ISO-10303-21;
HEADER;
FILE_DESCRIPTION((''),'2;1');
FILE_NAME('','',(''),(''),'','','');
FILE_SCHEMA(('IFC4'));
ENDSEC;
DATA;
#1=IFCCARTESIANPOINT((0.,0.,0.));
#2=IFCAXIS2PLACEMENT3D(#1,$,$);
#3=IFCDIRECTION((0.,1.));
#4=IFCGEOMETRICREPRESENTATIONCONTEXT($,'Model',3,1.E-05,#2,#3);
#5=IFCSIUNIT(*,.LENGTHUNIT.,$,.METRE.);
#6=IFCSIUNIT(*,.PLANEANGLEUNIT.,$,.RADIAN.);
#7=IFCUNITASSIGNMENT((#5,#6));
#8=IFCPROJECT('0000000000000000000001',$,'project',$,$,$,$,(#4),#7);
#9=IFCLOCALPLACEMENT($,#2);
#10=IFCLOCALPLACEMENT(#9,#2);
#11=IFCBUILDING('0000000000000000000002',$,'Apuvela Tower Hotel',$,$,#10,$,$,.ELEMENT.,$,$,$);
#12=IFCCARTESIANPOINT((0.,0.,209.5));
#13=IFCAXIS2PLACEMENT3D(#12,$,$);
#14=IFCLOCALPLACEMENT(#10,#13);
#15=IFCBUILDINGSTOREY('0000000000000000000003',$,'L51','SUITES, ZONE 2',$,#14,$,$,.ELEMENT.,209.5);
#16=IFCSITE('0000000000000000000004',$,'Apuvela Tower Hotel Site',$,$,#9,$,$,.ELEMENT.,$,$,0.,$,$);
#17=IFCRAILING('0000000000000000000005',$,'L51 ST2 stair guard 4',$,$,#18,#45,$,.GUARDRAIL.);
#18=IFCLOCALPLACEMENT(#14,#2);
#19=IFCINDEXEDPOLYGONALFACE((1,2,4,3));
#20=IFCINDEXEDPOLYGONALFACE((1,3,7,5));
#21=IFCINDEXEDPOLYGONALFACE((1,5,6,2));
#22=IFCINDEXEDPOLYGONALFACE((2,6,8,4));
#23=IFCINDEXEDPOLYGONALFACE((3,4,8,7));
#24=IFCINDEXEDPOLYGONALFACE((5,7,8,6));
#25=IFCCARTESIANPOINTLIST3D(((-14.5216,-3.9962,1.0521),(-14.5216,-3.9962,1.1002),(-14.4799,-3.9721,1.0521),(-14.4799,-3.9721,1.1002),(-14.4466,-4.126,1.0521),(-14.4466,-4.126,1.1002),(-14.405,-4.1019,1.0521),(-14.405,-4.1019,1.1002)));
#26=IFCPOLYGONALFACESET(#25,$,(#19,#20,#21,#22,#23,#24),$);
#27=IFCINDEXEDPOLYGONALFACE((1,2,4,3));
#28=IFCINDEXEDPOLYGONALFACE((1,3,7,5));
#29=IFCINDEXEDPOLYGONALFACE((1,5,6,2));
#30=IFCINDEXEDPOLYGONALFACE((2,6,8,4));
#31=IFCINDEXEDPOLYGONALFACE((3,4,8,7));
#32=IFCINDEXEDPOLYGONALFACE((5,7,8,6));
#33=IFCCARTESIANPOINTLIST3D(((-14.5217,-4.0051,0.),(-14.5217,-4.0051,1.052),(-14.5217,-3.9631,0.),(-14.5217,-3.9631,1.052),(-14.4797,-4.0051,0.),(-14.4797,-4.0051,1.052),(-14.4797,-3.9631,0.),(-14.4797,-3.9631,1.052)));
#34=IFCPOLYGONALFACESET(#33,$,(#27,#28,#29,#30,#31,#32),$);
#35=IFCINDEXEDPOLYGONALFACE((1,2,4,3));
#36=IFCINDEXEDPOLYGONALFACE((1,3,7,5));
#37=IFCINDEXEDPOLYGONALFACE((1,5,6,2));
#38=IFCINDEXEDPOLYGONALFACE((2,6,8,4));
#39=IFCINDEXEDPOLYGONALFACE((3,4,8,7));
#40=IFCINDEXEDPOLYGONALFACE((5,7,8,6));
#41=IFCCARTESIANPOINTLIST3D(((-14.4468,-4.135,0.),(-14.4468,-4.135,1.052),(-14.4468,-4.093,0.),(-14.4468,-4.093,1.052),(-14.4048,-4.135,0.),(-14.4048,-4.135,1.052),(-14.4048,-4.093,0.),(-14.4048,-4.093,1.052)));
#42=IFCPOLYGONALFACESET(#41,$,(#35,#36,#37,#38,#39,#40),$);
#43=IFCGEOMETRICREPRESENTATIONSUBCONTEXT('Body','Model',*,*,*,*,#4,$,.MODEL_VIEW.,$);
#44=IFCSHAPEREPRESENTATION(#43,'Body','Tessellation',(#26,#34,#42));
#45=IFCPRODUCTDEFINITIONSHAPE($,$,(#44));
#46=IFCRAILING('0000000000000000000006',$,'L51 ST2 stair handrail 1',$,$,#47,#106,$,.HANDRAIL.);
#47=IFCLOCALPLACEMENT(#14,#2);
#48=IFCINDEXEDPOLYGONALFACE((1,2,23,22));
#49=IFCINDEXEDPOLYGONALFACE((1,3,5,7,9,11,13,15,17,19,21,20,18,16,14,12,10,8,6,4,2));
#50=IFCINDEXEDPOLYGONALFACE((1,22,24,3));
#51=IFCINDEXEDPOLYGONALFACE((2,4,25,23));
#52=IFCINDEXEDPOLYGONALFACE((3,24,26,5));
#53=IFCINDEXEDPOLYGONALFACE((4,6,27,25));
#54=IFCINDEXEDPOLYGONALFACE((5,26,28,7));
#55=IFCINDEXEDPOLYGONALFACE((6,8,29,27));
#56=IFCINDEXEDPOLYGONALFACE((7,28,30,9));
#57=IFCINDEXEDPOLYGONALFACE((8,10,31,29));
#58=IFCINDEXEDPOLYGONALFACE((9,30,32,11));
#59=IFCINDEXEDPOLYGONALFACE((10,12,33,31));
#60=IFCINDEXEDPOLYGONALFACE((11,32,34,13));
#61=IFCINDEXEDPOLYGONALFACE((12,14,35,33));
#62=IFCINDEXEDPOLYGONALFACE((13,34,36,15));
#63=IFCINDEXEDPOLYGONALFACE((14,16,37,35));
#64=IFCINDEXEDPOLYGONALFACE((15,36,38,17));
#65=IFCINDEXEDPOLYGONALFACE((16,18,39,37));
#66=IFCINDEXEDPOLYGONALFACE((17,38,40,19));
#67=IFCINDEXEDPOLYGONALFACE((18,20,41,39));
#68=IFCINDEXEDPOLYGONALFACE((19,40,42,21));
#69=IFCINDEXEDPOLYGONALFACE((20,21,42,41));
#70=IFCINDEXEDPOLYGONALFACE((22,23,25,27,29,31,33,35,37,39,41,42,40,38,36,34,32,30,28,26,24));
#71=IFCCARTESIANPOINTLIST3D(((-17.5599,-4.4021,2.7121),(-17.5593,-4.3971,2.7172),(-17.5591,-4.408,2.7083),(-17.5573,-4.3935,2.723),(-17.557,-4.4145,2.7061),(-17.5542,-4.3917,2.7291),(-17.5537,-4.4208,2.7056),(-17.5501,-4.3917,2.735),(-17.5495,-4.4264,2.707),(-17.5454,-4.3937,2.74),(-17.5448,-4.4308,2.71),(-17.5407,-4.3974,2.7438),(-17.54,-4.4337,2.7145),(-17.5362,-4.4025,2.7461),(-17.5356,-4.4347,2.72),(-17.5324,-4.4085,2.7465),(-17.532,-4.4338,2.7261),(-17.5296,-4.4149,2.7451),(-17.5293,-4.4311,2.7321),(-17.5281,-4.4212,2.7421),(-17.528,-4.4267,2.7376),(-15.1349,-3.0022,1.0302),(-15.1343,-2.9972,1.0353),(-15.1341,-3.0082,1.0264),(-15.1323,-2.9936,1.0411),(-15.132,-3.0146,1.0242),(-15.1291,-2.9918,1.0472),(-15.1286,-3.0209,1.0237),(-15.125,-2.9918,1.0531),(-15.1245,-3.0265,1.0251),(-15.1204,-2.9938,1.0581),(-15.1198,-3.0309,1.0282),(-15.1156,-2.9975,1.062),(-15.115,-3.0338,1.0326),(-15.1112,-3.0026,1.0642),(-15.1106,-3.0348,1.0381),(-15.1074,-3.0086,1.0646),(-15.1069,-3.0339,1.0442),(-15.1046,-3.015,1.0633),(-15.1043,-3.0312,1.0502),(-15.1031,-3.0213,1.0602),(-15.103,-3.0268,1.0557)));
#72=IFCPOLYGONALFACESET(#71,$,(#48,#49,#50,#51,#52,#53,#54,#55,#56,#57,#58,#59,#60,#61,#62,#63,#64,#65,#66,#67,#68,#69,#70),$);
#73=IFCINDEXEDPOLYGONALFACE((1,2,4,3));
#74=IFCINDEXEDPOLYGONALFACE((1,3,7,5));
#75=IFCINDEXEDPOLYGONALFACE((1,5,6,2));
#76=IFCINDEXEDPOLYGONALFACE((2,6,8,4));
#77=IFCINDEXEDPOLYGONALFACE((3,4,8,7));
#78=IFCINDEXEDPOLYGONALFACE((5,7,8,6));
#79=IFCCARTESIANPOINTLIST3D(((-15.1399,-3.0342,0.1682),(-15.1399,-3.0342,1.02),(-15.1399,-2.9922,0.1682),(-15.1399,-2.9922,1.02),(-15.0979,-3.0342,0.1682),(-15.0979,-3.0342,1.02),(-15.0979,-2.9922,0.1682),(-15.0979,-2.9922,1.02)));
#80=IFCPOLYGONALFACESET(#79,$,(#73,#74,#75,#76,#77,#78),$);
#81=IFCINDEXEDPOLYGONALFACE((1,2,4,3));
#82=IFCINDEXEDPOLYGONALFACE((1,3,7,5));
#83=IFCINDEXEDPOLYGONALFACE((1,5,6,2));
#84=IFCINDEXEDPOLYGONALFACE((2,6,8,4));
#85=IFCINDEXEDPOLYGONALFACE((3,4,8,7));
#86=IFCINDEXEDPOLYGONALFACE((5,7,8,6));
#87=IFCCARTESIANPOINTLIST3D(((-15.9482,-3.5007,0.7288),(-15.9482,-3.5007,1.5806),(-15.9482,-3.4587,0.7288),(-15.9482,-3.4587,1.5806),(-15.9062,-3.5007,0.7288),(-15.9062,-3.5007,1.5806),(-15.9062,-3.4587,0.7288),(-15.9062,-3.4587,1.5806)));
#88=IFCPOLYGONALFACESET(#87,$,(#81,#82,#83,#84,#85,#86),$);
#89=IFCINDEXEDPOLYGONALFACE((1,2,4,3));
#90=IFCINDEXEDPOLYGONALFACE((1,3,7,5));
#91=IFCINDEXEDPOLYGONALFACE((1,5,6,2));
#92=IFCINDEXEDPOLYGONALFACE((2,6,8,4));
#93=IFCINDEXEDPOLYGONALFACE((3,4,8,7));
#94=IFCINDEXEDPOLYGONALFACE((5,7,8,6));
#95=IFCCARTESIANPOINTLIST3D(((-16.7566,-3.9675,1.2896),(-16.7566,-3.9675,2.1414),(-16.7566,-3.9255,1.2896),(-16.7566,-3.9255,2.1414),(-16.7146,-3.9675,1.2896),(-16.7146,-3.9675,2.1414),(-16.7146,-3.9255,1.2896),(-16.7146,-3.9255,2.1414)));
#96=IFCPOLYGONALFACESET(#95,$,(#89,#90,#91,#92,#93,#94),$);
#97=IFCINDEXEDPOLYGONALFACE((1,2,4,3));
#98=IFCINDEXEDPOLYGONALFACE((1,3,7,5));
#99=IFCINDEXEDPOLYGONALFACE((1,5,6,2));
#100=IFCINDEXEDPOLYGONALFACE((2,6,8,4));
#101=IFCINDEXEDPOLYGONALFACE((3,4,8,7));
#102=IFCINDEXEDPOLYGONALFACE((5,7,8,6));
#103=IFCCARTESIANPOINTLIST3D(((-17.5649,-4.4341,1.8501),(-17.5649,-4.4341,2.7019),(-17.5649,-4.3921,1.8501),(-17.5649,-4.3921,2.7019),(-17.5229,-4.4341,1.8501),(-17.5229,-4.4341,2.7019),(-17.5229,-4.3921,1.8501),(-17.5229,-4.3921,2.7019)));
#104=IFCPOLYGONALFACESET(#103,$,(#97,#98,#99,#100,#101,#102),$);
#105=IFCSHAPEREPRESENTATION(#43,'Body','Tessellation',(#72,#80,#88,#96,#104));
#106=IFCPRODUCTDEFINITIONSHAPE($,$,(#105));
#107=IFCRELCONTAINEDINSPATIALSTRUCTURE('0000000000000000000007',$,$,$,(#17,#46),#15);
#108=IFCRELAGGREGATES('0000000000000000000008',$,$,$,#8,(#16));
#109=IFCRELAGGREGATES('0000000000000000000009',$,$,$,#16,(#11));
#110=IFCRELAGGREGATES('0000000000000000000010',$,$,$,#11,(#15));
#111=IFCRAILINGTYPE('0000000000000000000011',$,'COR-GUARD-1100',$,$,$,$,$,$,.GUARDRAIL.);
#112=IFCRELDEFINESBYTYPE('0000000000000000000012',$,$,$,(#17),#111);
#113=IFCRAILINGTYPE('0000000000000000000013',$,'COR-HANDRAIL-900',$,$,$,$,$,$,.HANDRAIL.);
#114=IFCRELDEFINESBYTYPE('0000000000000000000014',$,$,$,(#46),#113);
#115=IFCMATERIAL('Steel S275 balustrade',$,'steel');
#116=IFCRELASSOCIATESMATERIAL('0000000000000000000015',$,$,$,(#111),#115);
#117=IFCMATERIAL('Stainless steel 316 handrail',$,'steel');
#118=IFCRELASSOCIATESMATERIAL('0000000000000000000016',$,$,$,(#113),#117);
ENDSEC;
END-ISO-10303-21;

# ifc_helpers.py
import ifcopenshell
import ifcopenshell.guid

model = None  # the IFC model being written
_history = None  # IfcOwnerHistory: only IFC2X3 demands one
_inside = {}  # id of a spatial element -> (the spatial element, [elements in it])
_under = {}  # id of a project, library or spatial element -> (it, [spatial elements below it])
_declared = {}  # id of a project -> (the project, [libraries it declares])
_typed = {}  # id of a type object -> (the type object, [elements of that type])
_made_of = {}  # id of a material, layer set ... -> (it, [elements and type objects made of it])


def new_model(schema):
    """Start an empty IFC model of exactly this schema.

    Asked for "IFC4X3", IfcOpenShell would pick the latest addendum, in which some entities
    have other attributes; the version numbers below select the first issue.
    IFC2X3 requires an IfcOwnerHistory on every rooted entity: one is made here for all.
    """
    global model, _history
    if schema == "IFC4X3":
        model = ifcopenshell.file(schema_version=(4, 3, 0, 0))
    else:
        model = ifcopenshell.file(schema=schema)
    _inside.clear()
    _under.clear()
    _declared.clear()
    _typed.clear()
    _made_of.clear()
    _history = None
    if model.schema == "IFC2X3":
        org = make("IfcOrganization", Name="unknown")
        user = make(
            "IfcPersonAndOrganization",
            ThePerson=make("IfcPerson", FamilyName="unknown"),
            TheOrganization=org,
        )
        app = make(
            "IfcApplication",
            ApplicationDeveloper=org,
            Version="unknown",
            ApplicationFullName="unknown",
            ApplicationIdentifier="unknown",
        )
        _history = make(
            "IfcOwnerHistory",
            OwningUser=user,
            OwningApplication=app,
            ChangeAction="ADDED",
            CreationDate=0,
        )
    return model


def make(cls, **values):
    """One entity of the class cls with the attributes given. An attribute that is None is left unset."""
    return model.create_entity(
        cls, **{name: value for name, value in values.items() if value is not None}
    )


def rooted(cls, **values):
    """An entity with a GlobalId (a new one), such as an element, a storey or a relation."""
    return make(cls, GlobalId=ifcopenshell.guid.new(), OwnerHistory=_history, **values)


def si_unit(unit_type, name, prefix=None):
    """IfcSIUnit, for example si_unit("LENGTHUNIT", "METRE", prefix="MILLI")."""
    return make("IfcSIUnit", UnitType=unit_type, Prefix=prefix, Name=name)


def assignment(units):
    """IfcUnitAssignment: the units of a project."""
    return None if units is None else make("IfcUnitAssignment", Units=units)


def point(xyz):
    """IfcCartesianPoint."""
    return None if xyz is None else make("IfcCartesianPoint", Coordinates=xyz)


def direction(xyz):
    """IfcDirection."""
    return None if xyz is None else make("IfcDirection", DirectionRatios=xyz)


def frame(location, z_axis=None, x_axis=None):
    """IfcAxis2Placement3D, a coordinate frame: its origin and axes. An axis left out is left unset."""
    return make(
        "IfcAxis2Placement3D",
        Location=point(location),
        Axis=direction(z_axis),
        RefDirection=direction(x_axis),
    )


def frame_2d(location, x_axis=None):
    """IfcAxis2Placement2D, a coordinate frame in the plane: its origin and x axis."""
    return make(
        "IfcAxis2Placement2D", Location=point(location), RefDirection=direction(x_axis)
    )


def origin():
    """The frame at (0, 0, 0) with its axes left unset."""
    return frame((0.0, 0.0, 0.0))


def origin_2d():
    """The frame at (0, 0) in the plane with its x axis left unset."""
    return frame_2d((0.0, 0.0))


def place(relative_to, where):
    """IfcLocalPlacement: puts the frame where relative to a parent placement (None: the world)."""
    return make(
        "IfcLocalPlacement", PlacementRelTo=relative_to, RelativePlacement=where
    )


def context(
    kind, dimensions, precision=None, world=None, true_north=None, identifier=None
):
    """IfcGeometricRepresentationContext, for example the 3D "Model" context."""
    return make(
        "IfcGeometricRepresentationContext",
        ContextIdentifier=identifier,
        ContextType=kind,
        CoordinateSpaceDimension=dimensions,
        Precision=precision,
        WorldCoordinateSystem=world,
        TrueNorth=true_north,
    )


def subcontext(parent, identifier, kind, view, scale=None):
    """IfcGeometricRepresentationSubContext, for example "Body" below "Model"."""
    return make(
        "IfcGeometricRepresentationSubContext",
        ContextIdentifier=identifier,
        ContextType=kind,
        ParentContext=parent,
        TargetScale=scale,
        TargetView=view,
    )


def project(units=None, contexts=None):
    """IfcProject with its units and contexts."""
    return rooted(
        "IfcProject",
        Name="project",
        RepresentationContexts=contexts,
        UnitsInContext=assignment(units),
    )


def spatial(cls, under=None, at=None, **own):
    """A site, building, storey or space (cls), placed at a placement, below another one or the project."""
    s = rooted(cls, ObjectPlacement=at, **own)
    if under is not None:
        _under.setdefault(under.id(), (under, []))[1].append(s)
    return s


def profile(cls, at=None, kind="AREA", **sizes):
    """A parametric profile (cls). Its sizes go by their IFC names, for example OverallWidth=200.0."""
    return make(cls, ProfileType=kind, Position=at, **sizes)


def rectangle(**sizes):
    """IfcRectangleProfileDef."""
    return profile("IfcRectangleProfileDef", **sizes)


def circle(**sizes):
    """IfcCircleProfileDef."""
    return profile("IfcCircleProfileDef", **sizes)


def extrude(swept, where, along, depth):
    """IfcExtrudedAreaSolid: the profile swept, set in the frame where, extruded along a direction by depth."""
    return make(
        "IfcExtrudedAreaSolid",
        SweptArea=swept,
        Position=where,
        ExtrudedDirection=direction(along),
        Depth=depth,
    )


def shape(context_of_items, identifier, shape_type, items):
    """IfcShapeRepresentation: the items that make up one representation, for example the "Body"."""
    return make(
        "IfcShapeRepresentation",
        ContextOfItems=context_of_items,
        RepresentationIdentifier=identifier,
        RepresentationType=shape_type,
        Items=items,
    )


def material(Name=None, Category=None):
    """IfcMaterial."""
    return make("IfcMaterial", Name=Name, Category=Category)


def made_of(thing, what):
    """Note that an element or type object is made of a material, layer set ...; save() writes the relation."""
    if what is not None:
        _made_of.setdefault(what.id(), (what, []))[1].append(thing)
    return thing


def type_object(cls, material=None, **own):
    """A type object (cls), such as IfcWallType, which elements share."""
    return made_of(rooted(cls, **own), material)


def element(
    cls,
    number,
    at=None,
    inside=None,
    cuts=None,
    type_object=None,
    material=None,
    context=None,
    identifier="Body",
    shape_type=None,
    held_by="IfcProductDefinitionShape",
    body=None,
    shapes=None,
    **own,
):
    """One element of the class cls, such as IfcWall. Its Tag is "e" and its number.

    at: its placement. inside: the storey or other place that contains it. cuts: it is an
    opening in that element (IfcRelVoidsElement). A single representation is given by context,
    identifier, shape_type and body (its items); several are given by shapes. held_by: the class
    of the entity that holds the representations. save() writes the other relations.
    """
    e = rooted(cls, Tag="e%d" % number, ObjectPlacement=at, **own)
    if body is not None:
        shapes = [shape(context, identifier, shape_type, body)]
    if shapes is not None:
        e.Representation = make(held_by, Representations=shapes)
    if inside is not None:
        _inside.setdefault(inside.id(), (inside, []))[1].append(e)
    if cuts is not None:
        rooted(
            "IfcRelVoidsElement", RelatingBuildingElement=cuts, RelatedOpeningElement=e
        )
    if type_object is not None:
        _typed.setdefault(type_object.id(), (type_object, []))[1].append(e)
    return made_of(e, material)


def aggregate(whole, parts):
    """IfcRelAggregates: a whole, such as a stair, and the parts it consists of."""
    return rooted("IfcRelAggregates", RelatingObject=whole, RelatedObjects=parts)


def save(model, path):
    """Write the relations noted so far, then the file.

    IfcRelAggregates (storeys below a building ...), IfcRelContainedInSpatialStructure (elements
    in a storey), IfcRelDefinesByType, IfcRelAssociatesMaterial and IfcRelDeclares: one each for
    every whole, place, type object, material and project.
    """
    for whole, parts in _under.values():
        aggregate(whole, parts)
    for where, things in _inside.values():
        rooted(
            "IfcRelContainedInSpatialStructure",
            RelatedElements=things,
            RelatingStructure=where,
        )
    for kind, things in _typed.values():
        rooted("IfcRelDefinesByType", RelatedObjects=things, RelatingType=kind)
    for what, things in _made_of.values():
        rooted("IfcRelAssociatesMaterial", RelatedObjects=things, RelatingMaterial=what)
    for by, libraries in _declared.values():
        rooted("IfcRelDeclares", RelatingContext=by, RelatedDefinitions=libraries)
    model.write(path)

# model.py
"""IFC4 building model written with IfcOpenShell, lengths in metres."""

from ifc_helpers import new_model, si_unit, direction, frame, origin, origin_2d, place, context, subcontext, project, spatial, rectangle, circle, extrude, material, type_object, element, save


model = new_model("IFC4")

# Units and contexts
model_context = context("Model", 3, precision=1e-05, world=origin(), true_north=direction((0.0, 1.0)))
body_context = subcontext(model_context, "Body", "Model", "MODEL_VIEW")
ifc_project = project(units=[si_unit("LENGTHUNIT", "METRE"), si_unit("PLANEANGLEUNIT", "RADIAN")], contexts=[model_context])

# Site, building, storey
site_placement = place(None, origin())
site = spatial("IfcSite", under=ifc_project, at=site_placement, Name="Apuvela Tower Hotel Site", CompositionType="ELEMENT", RefElevation=0.0)
building_placement = place(site_placement, origin())
building = spatial("IfcBuilding", under=site, at=building_placement, Name="Apuvela Tower Hotel", CompositionType="ELEMENT")
storey_placement = place(building_placement, frame((0.0, 0.0, 209.5)))
storey = spatial("IfcBuildingStorey", under=building, at=storey_placement, Name="L51", Description="SUITES, ZONE 2", CompositionType="ELEMENT", Elevation=209.5)

# Railings
ifc_material_1 = material(Name="Steel S275 balustrade", Category="steel")
railing_type_1 = type_object("IfcRailingType", Name="COR-GUARD-1100", PredefinedType="GUARDRAIL", material=ifc_material_1)
railing_1_placement = place(storey_placement, frame((-14.5007, -3.9841, 0.0)))
element("IfcRailing", 1, at=railing_1_placement, inside=storey, type_object=railing_type_1, Name="L51 ST2 stair guard 4", PredefinedType="GUARDRAIL", context=body_context, shape_type="SweptSolid", body=[
    extrude(rectangle(XDim=0.0481, YDim=0.0481, at=origin_2d()), frame((0.0, 0.0, 1.0762), z_axis=(0.499816, -0.866131, 0.0), x_axis=(0.866131, 0.499816, 0.0)), (0.0, 0.0, 1.0), 0.1499),
    extrude(rectangle(XDim=0.042, YDim=0.042, at=origin_2d()), origin(), (0.0, 0.0, 1.0), 1.052),
    extrude(rectangle(XDim=0.042, YDim=0.042, at=origin_2d()), frame((0.075, -0.1299, 0.0)), (0.0, 0.0, 1.0), 1.052),
])
ifc_material_2 = material(Name="Stainless steel 316 handrail", Category="steel")
railing_type_2 = type_object("IfcRailingType", Name="COR-HANDRAIL-900", PredefinedType="HANDRAIL", material=ifc_material_2)
railing_2_placement = place(storey_placement, frame((-15.1189, -3.0132, 0.1682)))
element("IfcRailing", 2, at=railing_2_placement, inside=storey, type_object=railing_type_2, Name="L51 ST2 stair handrail 1", PredefinedType="HANDRAIL", context=body_context, shape_type="SweptSolid", body=[
    extrude(circle(Radius=0.0239, at=origin_2d()), frame((0.0, 0.0, 0.876), z_axis=(-0.742424, -0.428577, 0.514906), x_axis=(0.499946, -0.866056, 0.0)), (0.0, 0.0, 1.0), 3.2664),
    extrude(rectangle(XDim=0.042, YDim=0.042, at=origin_2d()), origin(), (0.0, 0.0, 1.0), 0.8518),
    extrude(rectangle(XDim=0.042, YDim=0.042, at=origin_2d()), frame((-0.8083, -0.4666, 0.5605)), (0.0, 0.0, 1.0), 0.8518),
    extrude(rectangle(XDim=0.042, YDim=0.042, at=origin_2d()), frame((-1.6167, -0.9333, 1.1213)), (0.0, 0.0, 1.0), 0.8518),
    extrude(rectangle(XDim=0.042, YDim=0.042, at=origin_2d()), frame((-2.425, -1.3999, 1.6819)), (0.0, 0.0, 1.0), 0.8518),
])

save(model, "model.ifc")
